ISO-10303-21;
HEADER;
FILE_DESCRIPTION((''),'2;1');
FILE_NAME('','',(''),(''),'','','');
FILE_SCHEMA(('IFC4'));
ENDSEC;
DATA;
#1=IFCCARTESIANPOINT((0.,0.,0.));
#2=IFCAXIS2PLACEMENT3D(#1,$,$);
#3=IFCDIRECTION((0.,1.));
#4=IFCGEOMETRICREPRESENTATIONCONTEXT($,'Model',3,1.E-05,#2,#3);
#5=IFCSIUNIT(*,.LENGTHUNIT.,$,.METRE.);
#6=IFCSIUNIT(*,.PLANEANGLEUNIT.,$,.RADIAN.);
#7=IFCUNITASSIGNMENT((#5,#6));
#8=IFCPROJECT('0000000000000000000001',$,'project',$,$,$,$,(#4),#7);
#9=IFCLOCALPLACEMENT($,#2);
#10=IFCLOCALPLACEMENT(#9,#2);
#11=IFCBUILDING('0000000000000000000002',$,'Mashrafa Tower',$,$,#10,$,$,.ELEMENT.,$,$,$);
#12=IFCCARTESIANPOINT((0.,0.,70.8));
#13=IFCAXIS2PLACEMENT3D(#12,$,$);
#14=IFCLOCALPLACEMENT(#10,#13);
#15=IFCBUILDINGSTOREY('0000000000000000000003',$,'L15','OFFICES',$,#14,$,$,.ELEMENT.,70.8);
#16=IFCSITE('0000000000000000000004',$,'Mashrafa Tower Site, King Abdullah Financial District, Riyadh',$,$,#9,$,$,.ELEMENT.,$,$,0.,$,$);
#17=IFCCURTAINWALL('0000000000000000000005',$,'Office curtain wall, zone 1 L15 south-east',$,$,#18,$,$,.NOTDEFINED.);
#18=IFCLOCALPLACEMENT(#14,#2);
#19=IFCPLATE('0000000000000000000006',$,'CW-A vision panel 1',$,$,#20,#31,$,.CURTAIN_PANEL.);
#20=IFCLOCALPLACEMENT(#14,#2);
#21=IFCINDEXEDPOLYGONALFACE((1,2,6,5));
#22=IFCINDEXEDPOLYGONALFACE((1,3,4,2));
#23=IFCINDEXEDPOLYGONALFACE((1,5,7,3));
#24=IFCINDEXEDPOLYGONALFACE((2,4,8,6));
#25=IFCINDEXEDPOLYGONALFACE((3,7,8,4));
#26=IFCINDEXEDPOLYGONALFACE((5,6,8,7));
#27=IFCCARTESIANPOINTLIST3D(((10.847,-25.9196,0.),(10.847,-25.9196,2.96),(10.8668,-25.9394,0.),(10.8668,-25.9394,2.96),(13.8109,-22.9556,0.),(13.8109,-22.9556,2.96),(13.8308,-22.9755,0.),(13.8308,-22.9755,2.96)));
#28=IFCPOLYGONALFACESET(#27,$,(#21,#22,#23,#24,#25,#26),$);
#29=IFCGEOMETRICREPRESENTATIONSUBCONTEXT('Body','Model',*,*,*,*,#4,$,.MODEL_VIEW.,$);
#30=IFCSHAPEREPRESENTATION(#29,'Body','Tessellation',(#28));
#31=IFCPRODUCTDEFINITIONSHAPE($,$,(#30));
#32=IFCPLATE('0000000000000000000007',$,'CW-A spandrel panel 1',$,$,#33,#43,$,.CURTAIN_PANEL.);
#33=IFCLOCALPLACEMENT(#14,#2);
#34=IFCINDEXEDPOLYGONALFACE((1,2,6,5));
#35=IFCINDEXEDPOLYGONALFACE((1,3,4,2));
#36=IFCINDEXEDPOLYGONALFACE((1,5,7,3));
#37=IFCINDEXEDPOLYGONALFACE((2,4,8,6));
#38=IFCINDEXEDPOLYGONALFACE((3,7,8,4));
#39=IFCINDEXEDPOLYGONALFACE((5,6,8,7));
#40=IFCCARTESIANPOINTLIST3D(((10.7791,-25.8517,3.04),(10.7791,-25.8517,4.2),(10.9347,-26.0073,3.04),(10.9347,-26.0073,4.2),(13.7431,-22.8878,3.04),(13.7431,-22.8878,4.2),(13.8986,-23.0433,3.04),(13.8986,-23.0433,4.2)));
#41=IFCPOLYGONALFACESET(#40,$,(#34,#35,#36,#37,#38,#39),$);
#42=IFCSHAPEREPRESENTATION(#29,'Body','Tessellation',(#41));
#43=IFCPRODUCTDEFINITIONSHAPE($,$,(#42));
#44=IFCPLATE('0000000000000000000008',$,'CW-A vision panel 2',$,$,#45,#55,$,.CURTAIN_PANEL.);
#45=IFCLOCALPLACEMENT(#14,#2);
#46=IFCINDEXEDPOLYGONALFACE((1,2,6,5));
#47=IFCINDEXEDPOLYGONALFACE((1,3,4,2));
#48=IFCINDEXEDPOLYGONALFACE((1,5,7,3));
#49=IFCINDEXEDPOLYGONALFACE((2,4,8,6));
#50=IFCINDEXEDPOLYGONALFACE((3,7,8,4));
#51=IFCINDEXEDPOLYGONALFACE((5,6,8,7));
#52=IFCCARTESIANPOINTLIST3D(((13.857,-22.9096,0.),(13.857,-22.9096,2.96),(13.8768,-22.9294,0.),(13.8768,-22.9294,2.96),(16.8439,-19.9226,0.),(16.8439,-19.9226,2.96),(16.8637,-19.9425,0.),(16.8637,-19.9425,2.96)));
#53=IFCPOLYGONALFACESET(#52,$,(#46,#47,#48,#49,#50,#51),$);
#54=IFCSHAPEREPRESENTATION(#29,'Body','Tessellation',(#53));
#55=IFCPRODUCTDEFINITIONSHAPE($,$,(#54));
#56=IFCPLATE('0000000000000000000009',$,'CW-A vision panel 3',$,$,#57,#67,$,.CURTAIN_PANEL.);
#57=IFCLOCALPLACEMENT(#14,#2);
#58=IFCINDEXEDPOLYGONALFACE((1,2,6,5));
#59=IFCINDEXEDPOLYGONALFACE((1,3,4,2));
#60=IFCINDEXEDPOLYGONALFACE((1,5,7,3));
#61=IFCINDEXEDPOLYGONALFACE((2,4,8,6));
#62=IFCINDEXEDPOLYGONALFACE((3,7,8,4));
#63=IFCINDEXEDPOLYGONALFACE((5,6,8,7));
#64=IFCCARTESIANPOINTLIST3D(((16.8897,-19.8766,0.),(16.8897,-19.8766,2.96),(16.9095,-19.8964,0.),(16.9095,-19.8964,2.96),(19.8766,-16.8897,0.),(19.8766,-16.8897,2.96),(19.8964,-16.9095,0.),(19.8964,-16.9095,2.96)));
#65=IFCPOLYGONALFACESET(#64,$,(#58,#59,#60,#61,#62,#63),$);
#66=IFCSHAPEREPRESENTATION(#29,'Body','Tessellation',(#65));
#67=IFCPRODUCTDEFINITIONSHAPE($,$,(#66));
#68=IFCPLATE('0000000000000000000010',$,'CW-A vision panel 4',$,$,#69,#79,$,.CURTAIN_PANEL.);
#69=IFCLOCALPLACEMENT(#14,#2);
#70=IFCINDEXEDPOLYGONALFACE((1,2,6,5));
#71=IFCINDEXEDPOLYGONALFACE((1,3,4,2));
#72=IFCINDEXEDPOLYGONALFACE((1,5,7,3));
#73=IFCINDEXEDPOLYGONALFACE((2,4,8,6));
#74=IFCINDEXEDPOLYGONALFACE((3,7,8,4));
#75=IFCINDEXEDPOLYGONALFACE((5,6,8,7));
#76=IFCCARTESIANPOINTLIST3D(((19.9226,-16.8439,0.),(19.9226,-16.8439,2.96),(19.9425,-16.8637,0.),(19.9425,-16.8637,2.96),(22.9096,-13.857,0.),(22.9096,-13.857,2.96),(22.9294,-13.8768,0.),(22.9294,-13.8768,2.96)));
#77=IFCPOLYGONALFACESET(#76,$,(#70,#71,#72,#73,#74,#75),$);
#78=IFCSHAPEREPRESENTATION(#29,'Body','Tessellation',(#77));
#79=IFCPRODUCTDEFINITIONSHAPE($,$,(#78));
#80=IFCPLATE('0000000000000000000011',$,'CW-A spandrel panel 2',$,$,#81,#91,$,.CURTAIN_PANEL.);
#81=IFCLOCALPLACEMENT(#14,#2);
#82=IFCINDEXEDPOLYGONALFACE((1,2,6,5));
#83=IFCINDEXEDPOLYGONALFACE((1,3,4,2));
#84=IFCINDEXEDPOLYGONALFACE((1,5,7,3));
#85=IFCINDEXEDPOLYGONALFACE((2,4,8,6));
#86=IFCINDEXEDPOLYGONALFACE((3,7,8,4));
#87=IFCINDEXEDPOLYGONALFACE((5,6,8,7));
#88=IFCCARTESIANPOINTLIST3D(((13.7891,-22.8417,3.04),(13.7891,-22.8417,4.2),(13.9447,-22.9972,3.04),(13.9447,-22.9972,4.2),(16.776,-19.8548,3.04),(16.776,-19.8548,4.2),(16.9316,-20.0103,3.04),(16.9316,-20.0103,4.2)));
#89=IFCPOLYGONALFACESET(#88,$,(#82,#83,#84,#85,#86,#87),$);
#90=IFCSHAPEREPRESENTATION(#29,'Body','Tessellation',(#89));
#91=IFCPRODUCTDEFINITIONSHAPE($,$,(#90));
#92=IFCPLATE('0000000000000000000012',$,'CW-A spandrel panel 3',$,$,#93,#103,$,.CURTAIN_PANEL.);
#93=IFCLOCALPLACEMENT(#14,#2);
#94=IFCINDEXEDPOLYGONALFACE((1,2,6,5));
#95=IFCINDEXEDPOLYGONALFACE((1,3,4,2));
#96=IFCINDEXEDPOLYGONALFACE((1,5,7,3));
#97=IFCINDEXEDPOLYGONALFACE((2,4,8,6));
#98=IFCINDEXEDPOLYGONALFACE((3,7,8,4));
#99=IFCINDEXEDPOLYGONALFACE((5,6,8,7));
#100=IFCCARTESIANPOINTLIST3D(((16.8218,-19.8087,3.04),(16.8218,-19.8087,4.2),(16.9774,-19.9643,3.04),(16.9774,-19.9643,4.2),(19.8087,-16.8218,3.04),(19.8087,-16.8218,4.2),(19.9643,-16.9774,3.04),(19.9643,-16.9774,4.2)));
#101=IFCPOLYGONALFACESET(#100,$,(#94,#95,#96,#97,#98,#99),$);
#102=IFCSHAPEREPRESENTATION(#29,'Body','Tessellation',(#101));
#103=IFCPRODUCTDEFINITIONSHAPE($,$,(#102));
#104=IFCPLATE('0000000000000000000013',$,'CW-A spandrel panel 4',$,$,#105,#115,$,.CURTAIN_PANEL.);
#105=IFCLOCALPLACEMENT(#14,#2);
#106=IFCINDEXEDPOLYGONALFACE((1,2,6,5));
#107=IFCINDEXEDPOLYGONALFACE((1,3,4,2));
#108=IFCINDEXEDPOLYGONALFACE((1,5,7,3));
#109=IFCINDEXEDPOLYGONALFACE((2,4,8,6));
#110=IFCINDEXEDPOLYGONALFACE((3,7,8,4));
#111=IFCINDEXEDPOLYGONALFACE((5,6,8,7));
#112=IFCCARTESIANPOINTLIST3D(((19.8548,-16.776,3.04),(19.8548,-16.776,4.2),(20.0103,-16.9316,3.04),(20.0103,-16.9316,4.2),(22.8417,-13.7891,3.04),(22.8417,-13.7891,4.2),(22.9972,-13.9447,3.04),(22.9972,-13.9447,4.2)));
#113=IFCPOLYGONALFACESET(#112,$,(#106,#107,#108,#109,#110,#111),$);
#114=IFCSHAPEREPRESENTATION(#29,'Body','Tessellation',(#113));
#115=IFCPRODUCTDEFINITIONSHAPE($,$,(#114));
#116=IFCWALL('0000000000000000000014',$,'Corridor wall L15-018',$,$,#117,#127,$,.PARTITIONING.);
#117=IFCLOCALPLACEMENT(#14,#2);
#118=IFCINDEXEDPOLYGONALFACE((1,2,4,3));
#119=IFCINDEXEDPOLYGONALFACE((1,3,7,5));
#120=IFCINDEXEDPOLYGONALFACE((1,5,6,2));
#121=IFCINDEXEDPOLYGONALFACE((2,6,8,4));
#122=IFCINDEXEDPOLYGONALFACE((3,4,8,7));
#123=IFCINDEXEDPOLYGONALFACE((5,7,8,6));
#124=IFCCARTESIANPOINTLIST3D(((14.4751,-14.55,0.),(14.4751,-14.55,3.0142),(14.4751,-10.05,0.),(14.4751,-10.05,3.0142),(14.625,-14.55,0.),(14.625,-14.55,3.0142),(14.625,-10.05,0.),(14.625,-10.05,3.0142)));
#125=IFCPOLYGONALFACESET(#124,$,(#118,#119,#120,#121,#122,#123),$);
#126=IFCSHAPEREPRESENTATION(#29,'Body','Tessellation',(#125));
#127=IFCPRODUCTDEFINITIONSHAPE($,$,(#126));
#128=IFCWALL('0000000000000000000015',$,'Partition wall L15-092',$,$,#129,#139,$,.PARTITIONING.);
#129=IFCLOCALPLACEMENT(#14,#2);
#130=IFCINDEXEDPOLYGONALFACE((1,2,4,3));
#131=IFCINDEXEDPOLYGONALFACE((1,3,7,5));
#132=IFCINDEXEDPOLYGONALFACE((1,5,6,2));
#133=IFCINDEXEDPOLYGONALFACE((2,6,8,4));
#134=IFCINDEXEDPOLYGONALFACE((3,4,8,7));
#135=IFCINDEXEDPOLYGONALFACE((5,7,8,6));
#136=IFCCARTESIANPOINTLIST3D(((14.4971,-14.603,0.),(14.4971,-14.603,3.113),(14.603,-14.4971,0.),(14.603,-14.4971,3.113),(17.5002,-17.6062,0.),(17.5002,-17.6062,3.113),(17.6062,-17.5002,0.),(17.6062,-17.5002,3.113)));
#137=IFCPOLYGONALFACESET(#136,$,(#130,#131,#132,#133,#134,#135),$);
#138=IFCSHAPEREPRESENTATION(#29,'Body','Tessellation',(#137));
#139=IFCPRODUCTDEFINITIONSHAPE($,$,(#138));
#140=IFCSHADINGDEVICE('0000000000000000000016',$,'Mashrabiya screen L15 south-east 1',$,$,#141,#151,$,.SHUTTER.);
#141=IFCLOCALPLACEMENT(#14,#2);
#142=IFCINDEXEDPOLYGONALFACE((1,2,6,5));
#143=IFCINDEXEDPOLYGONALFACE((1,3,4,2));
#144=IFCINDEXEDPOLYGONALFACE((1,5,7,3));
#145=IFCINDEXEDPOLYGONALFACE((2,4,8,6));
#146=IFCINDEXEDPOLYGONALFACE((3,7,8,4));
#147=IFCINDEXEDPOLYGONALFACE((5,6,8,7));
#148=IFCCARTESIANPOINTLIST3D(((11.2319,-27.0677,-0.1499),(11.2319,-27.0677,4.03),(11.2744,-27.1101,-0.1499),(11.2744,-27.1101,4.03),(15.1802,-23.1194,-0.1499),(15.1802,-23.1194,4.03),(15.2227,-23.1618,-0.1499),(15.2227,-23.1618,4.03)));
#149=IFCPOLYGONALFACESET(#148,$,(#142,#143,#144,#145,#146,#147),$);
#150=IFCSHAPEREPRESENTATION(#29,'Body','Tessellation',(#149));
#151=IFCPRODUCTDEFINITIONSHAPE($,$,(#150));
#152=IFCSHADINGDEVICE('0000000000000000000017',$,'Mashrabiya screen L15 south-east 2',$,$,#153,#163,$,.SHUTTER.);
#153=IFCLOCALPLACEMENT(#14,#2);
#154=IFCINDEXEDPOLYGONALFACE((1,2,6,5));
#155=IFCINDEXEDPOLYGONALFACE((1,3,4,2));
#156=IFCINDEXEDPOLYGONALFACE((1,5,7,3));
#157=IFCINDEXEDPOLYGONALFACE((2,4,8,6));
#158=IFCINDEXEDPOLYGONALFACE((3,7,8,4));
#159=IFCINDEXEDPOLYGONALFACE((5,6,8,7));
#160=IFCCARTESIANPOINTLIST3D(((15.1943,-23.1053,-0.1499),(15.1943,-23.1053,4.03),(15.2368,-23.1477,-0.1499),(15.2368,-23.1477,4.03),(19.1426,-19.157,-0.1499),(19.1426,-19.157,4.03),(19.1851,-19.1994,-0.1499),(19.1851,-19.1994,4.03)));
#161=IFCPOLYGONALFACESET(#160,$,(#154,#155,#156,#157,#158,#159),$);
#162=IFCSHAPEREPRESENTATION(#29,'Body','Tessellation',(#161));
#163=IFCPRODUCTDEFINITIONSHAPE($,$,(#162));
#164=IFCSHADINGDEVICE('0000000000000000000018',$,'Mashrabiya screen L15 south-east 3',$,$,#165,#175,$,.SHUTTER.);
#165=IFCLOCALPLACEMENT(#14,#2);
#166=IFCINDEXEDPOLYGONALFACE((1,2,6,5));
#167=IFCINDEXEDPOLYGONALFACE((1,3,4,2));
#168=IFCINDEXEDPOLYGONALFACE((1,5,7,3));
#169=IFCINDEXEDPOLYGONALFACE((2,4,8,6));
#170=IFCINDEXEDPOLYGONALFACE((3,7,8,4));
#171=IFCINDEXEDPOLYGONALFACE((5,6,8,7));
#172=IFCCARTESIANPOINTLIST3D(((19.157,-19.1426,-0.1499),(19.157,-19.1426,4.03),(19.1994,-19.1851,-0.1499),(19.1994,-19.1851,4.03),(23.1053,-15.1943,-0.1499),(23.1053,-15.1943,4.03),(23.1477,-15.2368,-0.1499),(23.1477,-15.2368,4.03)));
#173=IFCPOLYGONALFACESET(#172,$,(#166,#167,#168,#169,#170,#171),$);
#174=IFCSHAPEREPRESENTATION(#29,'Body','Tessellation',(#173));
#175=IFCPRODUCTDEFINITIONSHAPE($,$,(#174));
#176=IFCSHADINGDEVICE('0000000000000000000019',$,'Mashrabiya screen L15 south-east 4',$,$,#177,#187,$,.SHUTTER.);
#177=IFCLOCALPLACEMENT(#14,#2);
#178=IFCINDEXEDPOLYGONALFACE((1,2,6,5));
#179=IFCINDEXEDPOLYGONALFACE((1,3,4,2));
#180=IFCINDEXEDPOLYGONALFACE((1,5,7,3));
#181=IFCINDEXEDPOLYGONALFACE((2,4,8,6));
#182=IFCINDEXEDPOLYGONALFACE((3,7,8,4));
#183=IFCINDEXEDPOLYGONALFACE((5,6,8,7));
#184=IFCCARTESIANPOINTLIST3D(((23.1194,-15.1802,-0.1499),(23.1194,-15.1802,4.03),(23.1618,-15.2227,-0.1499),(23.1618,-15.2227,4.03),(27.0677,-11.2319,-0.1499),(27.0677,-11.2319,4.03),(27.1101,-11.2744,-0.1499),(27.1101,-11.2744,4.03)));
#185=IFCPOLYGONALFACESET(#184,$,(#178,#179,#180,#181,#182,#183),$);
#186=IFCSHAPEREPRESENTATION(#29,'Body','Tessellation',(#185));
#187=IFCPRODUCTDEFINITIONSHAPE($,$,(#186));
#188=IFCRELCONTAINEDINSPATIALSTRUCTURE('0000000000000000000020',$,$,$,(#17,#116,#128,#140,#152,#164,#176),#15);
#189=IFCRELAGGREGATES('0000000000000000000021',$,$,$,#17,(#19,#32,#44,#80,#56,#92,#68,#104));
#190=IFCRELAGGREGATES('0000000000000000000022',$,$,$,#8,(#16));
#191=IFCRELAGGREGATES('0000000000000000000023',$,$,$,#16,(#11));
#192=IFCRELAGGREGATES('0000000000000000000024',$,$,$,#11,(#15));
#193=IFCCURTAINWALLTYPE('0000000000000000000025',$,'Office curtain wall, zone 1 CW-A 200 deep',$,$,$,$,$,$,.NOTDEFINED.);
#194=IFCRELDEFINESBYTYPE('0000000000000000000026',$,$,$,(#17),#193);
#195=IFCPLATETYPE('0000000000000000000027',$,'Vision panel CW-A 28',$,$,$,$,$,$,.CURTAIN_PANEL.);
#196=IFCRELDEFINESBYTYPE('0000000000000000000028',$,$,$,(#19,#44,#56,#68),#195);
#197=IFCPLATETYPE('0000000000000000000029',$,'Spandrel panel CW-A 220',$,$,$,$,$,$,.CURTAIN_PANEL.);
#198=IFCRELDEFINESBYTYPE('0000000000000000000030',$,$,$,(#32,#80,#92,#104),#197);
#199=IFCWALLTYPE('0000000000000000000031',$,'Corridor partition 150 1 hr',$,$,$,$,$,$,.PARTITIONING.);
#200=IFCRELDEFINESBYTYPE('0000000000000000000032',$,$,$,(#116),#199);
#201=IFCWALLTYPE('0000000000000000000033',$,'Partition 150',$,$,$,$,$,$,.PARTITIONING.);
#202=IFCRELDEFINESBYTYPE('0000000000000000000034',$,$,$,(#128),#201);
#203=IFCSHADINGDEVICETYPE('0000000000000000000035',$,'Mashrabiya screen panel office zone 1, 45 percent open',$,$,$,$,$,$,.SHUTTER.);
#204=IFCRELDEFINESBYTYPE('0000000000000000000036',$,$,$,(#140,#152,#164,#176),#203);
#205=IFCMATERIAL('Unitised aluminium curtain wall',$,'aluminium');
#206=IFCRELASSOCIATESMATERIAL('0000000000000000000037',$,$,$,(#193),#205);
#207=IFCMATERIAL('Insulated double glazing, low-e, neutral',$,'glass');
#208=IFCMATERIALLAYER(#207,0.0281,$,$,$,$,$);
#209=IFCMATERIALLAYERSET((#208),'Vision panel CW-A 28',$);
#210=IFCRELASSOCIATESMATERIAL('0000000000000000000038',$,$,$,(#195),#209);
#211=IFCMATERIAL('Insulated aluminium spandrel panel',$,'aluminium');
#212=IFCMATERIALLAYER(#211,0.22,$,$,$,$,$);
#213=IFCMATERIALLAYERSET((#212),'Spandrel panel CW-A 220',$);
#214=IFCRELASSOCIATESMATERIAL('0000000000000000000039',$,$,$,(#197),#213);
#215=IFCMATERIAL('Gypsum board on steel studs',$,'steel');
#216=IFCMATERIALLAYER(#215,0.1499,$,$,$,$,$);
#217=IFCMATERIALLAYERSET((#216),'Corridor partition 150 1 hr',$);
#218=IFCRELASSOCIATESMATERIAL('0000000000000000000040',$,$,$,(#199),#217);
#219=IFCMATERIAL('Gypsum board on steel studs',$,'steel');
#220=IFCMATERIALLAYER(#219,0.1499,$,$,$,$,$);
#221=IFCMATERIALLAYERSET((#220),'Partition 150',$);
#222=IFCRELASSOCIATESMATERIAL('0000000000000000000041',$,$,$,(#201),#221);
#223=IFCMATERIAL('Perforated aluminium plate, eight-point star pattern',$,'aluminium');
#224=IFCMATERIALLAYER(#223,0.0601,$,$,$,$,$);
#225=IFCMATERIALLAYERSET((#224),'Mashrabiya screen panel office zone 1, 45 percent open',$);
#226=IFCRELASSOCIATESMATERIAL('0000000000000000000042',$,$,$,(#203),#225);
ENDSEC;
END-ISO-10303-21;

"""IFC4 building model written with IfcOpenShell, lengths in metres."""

from ifc_helpers import new_model, si_unit, direction, frame, frame_2d, origin, origin_2d, place, context, subcontext, project, spatial, rectangle, extrude, source, transform, mapped, material, layer, layer_set, type_object, type_shapes, element, aggregate, save


model = new_model("IFC4")

# Units and contexts
model_context = context("Model", 3, precision=1e-05, world=origin(), true_north=direction((0.0, 1.0)))
body_context = subcontext(model_context, "Body", "Model", "MODEL_VIEW")
ifc_project = project(units=[si_unit("LENGTHUNIT", "METRE"), si_unit("PLANEANGLEUNIT", "RADIAN")], contexts=[model_context])

# Site, building, storey
site_placement = place(None, origin())
site = spatial("IfcSite", under=ifc_project, at=site_placement, Name="Mashrafa Tower Site, King Abdullah Financial District, Riyadh", CompositionType="ELEMENT", RefElevation=0.0)
building_placement = place(site_placement, origin())
building = spatial("IfcBuilding", under=site, at=building_placement, Name="Mashrafa Tower", CompositionType="ELEMENT")
storey_placement = place(building_placement, frame((0.0, 0.0, 70.8)))
storey = spatial("IfcBuildingStorey", under=building, at=storey_placement, Name="L15", Description="OFFICES", CompositionType="ELEMENT", Elevation=70.8)

# Curtain wall, plates
ifc_material_1 = material(Name="Unitised aluminium curtain wall", Category="aluminium")
curtain_wall_type = type_object("IfcCurtainWallType", Name="Office curtain wall, zone 1 CW-A 200 deep", PredefinedType="NOTDEFINED", material=ifc_material_1)
curtain_wall_placement = place(storey_placement, origin())
curtain_wall = element("IfcCurtainWall", 1, at=curtain_wall_placement, inside=storey, type_object=curtain_wall_type, Name="Office curtain wall, zone 1 L15 south-east", PredefinedType="NOTDEFINED")
ifc_material_2 = material(Name="Insulated double glazing, low-e, neutral", Category="glass")
ifc_layer_1 = layer(ifc_material_2, 0.0281)
ifc_layer_set_1 = layer_set([ifc_layer_1], Name="Vision panel CW-A 28")
plate_type_1 = type_object("IfcPlateType", Name="Vision panel CW-A 28", PredefinedType="CURTAIN_PANEL", material=ifc_layer_set_1)
shared_shape_1 = source(origin(), body_context, "Body", "SweptSolid", [
    extrude(rectangle(XDim=4.1917, YDim=0.0281, at=origin_2d()), origin(), (0.0, 0.0, 1.0), 2.96),
])
plate_1_placement = place(storey_placement, frame((12.3389, -24.4475, 0.0), z_axis=(0.0, 0.0, 1.0), x_axis=(0.707107, 0.707107, 0.0)))
plate_1 = element("IfcPlate", 2, at=plate_1_placement, type_object=plate_type_1, Name="CW-A vision panel 1", PredefinedType="CURTAIN_PANEL", context=body_context, shape_type="MappedRepresentation", body=[
    mapped(shared_shape_1, transform((0.0, 0.0, 0.0))),
])
ifc_material_3 = material(Name="Insulated aluminium spandrel panel", Category="aluminium")
ifc_layer_2 = layer(ifc_material_3, 0.22)
ifc_layer_set_2 = layer_set([ifc_layer_2], Name="Spandrel panel CW-A 220")
plate_type_2 = type_object("IfcPlateType", Name="Spandrel panel CW-A 220", PredefinedType="CURTAIN_PANEL", material=ifc_layer_set_2)
shared_shape_2 = source(origin(), body_context, "Body", "SweptSolid", [
    extrude(rectangle(XDim=4.1917, YDim=0.22, at=origin_2d()), origin(), (0.0, 0.0, 1.0), 1.1599),
])
plate_2_placement = place(storey_placement, frame((12.3389, -24.4475, 3.04), z_axis=(0.0, 0.0, 1.0), x_axis=(0.707107, 0.707107, 0.0)))
plate_2 = element("IfcPlate", 3, at=plate_2_placement, type_object=plate_type_2, Name="CW-A spandrel panel 1", PredefinedType="CURTAIN_PANEL", context=body_context, shape_type="MappedRepresentation", body=[
    mapped(shared_shape_2, transform((0.0, 0.0, 0.0))),
])
shared_shape_3 = source(origin(), body_context, "Body", "SweptSolid", [
    extrude(rectangle(XDim=4.2241, YDim=0.0281, at=origin_2d()), origin(), (0.0, 0.0, 1.0), 2.96),
])
type_shapes(plate_type_1, [shared_shape_1, shared_shape_3])
plate_3_placement = place(storey_placement, frame((15.3604, -21.426, 0.0), z_axis=(0.0, 0.0, 1.0), x_axis=(0.707107, 0.707107, 0.0)))
plate_3 = element("IfcPlate", 4, at=plate_3_placement, type_object=plate_type_1, Name="CW-A vision panel 2", PredefinedType="CURTAIN_PANEL", context=body_context, shape_type="MappedRepresentation", body=[
    mapped(shared_shape_3, transform((0.0, 0.0, 0.0))),
])
plate_4_placement = place(storey_placement, frame((18.3931, -18.3931, 0.0), z_axis=(0.0, 0.0, 1.0), x_axis=(0.707107, 0.707107, 0.0)))
plate_4 = element("IfcPlate", 5, at=plate_4_placement, type_object=plate_type_1, Name="CW-A vision panel 3", PredefinedType="CURTAIN_PANEL", context=body_context, shape_type="MappedRepresentation", body=[
    mapped(shared_shape_3, transform((0.0, 0.0, 0.0))),
])
plate_5_placement = place(storey_placement, frame((21.426, -15.3604, 0.0), z_axis=(0.0, 0.0, 1.0), x_axis=(0.707107, 0.707107, 0.0)))
plate_5 = element("IfcPlate", 6, at=plate_5_placement, type_object=plate_type_1, Name="CW-A vision panel 4", PredefinedType="CURTAIN_PANEL", context=body_context, shape_type="MappedRepresentation", body=[
    mapped(shared_shape_3, transform((0.0, 0.0, 0.0))),
])
shared_shape_4 = source(origin(), body_context, "Body", "SweptSolid", [
    extrude(rectangle(XDim=4.2241, YDim=0.22, at=origin_2d()), origin(), (0.0, 0.0, 1.0), 1.1599),
])
type_shapes(plate_type_2, [shared_shape_2, shared_shape_4])
plate_6_placement = place(storey_placement, frame((15.3604, -21.426, 3.04), z_axis=(0.0, 0.0, 1.0), x_axis=(0.707107, 0.707107, 0.0)))
plate_6 = element("IfcPlate", 7, at=plate_6_placement, type_object=plate_type_2, Name="CW-A spandrel panel 2", PredefinedType="CURTAIN_PANEL", context=body_context, shape_type="MappedRepresentation", body=[
    mapped(shared_shape_4, transform((0.0, 0.0, 0.0))),
])
plate_7_placement = place(storey_placement, frame((18.3931, -18.3931, 3.04), z_axis=(0.0, 0.0, 1.0), x_axis=(0.707107, 0.707107, 0.0)))
plate_7 = element("IfcPlate", 8, at=plate_7_placement, type_object=plate_type_2, Name="CW-A spandrel panel 3", PredefinedType="CURTAIN_PANEL", context=body_context, shape_type="MappedRepresentation", body=[
    mapped(shared_shape_4, transform((0.0, 0.0, 0.0))),
])
plate_8_placement = place(storey_placement, frame((21.426, -15.3604, 3.04), z_axis=(0.0, 0.0, 1.0), x_axis=(0.707107, 0.707107, 0.0)))
plate_8 = element("IfcPlate", 9, at=plate_8_placement, type_object=plate_type_2, Name="CW-A spandrel panel 4", PredefinedType="CURTAIN_PANEL", context=body_context, shape_type="MappedRepresentation", body=[
    mapped(shared_shape_4, transform((0.0, 0.0, 0.0))),
])
aggregate(curtain_wall, [plate_1, plate_2, plate_3, plate_6, plate_4, plate_7, plate_5, plate_8])

# Walls
ifc_material_4 = material(Name="Gypsum board on steel studs", Category="steel")
ifc_layer_3 = layer(ifc_material_4, 0.1499)
ifc_layer_set_3 = layer_set([ifc_layer_3], Name="Corridor partition 150 1 hr")
wall_type_1 = type_object("IfcWallType", Name="Corridor partition 150 1 hr", PredefinedType="PARTITIONING", material=ifc_layer_set_3)
wall_1_placement = place(storey_placement, frame((14.55, -14.55, 0.0), z_axis=(0.0, 0.0, 1.0), x_axis=(0.0, 1.0, 0.0)))
element("IfcWall", 10, at=wall_1_placement, inside=storey, type_object=wall_type_1, Name="Corridor wall L15-018", PredefinedType="PARTITIONING", context=body_context, shape_type="SweptSolid", body=[
    extrude(rectangle(XDim=4.5, YDim=0.1499, at=frame_2d((2.25, 0.0))), origin(), (0.0, 0.0, 1.0), 3.0142),
])
ifc_material_5 = material(Name="Gypsum board on steel studs", Category="steel")
ifc_layer_4 = layer(ifc_material_5, 0.1499)
ifc_layer_set_4 = layer_set([ifc_layer_4], Name="Partition 150")
wall_type_2 = type_object("IfcWallType", Name="Partition 150", PredefinedType="PARTITIONING", material=ifc_layer_set_4)
wall_2_placement = place(storey_placement, frame((14.55, -14.55, 0.0), z_axis=(0.0, 0.0, 1.0), x_axis=(0.707107, -0.707107, 0.0)))
element("IfcWall", 11, at=wall_2_placement, inside=storey, type_object=wall_type_2, Name="Partition wall L15-092", PredefinedType="PARTITIONING", context=body_context, shape_type="SweptSolid", body=[
    extrude(rectangle(XDim=4.2471, YDim=0.1499, at=frame_2d((2.1235, 0.0))), origin(), (0.0, 0.0, 1.0), 3.113),
])

# Shading devices
ifc_material_6 = material(Name="Perforated aluminium plate, eight-point star pattern", Category="aluminium")
ifc_layer_5 = layer(ifc_material_6, 0.0601)
ifc_layer_set_5 = layer_set([ifc_layer_5], Name="Mashrabiya screen panel office zone 1, 45 percent open")
shading_device_type = type_object("IfcShadingDeviceType", Name="Mashrabiya screen panel office zone 1, 45 percent open", PredefinedType="SHUTTER", material=ifc_layer_set_5)
shared_shape_5 = source(origin(), body_context, "Body", "SweptSolid", [
    extrude(rectangle(XDim=5.5837, YDim=0.0601, at=origin_2d()), origin(), (0.0, 0.0, 1.0), 4.1799),
])
type_shapes(shading_device_type, [shared_shape_5])
for number, where, z_axis, x_axis, name in (
    (12, (13.2273, -25.1147, -0.1499), (0.0, 0.0, 1.0), (0.707107, 0.707107, 0.0), "Mashrabiya screen L15 south-east 1"),
    (13, (17.1897, -21.1523, -0.1499), (0.0, 0.0, 1.0), (0.707107, 0.707107, 0.0), "Mashrabiya screen L15 south-east 2"),
    (14, (21.1523, -17.1897, -0.1499), (0.0, 0.0, 1.0), (0.707107, 0.707107, 0.0), "Mashrabiya screen L15 south-east 3"),
    (15, (25.1147, -13.2273, -0.1499), (0.0, 0.0, 1.0), (0.707107, 0.707107, 0.0), "Mashrabiya screen L15 south-east 4"),
):
    element("IfcShadingDevice", number, at=place(storey_placement, frame(where, z_axis=z_axis, x_axis=x_axis)), inside=storey, type_object=shading_device_type, Name=name, PredefinedType="SHUTTER", context=body_context, shape_type="MappedRepresentation", body=[
        mapped(shared_shape_5, transform((0.0, 0.0, 0.0))),
    ])

save(model, "model.ifc")
